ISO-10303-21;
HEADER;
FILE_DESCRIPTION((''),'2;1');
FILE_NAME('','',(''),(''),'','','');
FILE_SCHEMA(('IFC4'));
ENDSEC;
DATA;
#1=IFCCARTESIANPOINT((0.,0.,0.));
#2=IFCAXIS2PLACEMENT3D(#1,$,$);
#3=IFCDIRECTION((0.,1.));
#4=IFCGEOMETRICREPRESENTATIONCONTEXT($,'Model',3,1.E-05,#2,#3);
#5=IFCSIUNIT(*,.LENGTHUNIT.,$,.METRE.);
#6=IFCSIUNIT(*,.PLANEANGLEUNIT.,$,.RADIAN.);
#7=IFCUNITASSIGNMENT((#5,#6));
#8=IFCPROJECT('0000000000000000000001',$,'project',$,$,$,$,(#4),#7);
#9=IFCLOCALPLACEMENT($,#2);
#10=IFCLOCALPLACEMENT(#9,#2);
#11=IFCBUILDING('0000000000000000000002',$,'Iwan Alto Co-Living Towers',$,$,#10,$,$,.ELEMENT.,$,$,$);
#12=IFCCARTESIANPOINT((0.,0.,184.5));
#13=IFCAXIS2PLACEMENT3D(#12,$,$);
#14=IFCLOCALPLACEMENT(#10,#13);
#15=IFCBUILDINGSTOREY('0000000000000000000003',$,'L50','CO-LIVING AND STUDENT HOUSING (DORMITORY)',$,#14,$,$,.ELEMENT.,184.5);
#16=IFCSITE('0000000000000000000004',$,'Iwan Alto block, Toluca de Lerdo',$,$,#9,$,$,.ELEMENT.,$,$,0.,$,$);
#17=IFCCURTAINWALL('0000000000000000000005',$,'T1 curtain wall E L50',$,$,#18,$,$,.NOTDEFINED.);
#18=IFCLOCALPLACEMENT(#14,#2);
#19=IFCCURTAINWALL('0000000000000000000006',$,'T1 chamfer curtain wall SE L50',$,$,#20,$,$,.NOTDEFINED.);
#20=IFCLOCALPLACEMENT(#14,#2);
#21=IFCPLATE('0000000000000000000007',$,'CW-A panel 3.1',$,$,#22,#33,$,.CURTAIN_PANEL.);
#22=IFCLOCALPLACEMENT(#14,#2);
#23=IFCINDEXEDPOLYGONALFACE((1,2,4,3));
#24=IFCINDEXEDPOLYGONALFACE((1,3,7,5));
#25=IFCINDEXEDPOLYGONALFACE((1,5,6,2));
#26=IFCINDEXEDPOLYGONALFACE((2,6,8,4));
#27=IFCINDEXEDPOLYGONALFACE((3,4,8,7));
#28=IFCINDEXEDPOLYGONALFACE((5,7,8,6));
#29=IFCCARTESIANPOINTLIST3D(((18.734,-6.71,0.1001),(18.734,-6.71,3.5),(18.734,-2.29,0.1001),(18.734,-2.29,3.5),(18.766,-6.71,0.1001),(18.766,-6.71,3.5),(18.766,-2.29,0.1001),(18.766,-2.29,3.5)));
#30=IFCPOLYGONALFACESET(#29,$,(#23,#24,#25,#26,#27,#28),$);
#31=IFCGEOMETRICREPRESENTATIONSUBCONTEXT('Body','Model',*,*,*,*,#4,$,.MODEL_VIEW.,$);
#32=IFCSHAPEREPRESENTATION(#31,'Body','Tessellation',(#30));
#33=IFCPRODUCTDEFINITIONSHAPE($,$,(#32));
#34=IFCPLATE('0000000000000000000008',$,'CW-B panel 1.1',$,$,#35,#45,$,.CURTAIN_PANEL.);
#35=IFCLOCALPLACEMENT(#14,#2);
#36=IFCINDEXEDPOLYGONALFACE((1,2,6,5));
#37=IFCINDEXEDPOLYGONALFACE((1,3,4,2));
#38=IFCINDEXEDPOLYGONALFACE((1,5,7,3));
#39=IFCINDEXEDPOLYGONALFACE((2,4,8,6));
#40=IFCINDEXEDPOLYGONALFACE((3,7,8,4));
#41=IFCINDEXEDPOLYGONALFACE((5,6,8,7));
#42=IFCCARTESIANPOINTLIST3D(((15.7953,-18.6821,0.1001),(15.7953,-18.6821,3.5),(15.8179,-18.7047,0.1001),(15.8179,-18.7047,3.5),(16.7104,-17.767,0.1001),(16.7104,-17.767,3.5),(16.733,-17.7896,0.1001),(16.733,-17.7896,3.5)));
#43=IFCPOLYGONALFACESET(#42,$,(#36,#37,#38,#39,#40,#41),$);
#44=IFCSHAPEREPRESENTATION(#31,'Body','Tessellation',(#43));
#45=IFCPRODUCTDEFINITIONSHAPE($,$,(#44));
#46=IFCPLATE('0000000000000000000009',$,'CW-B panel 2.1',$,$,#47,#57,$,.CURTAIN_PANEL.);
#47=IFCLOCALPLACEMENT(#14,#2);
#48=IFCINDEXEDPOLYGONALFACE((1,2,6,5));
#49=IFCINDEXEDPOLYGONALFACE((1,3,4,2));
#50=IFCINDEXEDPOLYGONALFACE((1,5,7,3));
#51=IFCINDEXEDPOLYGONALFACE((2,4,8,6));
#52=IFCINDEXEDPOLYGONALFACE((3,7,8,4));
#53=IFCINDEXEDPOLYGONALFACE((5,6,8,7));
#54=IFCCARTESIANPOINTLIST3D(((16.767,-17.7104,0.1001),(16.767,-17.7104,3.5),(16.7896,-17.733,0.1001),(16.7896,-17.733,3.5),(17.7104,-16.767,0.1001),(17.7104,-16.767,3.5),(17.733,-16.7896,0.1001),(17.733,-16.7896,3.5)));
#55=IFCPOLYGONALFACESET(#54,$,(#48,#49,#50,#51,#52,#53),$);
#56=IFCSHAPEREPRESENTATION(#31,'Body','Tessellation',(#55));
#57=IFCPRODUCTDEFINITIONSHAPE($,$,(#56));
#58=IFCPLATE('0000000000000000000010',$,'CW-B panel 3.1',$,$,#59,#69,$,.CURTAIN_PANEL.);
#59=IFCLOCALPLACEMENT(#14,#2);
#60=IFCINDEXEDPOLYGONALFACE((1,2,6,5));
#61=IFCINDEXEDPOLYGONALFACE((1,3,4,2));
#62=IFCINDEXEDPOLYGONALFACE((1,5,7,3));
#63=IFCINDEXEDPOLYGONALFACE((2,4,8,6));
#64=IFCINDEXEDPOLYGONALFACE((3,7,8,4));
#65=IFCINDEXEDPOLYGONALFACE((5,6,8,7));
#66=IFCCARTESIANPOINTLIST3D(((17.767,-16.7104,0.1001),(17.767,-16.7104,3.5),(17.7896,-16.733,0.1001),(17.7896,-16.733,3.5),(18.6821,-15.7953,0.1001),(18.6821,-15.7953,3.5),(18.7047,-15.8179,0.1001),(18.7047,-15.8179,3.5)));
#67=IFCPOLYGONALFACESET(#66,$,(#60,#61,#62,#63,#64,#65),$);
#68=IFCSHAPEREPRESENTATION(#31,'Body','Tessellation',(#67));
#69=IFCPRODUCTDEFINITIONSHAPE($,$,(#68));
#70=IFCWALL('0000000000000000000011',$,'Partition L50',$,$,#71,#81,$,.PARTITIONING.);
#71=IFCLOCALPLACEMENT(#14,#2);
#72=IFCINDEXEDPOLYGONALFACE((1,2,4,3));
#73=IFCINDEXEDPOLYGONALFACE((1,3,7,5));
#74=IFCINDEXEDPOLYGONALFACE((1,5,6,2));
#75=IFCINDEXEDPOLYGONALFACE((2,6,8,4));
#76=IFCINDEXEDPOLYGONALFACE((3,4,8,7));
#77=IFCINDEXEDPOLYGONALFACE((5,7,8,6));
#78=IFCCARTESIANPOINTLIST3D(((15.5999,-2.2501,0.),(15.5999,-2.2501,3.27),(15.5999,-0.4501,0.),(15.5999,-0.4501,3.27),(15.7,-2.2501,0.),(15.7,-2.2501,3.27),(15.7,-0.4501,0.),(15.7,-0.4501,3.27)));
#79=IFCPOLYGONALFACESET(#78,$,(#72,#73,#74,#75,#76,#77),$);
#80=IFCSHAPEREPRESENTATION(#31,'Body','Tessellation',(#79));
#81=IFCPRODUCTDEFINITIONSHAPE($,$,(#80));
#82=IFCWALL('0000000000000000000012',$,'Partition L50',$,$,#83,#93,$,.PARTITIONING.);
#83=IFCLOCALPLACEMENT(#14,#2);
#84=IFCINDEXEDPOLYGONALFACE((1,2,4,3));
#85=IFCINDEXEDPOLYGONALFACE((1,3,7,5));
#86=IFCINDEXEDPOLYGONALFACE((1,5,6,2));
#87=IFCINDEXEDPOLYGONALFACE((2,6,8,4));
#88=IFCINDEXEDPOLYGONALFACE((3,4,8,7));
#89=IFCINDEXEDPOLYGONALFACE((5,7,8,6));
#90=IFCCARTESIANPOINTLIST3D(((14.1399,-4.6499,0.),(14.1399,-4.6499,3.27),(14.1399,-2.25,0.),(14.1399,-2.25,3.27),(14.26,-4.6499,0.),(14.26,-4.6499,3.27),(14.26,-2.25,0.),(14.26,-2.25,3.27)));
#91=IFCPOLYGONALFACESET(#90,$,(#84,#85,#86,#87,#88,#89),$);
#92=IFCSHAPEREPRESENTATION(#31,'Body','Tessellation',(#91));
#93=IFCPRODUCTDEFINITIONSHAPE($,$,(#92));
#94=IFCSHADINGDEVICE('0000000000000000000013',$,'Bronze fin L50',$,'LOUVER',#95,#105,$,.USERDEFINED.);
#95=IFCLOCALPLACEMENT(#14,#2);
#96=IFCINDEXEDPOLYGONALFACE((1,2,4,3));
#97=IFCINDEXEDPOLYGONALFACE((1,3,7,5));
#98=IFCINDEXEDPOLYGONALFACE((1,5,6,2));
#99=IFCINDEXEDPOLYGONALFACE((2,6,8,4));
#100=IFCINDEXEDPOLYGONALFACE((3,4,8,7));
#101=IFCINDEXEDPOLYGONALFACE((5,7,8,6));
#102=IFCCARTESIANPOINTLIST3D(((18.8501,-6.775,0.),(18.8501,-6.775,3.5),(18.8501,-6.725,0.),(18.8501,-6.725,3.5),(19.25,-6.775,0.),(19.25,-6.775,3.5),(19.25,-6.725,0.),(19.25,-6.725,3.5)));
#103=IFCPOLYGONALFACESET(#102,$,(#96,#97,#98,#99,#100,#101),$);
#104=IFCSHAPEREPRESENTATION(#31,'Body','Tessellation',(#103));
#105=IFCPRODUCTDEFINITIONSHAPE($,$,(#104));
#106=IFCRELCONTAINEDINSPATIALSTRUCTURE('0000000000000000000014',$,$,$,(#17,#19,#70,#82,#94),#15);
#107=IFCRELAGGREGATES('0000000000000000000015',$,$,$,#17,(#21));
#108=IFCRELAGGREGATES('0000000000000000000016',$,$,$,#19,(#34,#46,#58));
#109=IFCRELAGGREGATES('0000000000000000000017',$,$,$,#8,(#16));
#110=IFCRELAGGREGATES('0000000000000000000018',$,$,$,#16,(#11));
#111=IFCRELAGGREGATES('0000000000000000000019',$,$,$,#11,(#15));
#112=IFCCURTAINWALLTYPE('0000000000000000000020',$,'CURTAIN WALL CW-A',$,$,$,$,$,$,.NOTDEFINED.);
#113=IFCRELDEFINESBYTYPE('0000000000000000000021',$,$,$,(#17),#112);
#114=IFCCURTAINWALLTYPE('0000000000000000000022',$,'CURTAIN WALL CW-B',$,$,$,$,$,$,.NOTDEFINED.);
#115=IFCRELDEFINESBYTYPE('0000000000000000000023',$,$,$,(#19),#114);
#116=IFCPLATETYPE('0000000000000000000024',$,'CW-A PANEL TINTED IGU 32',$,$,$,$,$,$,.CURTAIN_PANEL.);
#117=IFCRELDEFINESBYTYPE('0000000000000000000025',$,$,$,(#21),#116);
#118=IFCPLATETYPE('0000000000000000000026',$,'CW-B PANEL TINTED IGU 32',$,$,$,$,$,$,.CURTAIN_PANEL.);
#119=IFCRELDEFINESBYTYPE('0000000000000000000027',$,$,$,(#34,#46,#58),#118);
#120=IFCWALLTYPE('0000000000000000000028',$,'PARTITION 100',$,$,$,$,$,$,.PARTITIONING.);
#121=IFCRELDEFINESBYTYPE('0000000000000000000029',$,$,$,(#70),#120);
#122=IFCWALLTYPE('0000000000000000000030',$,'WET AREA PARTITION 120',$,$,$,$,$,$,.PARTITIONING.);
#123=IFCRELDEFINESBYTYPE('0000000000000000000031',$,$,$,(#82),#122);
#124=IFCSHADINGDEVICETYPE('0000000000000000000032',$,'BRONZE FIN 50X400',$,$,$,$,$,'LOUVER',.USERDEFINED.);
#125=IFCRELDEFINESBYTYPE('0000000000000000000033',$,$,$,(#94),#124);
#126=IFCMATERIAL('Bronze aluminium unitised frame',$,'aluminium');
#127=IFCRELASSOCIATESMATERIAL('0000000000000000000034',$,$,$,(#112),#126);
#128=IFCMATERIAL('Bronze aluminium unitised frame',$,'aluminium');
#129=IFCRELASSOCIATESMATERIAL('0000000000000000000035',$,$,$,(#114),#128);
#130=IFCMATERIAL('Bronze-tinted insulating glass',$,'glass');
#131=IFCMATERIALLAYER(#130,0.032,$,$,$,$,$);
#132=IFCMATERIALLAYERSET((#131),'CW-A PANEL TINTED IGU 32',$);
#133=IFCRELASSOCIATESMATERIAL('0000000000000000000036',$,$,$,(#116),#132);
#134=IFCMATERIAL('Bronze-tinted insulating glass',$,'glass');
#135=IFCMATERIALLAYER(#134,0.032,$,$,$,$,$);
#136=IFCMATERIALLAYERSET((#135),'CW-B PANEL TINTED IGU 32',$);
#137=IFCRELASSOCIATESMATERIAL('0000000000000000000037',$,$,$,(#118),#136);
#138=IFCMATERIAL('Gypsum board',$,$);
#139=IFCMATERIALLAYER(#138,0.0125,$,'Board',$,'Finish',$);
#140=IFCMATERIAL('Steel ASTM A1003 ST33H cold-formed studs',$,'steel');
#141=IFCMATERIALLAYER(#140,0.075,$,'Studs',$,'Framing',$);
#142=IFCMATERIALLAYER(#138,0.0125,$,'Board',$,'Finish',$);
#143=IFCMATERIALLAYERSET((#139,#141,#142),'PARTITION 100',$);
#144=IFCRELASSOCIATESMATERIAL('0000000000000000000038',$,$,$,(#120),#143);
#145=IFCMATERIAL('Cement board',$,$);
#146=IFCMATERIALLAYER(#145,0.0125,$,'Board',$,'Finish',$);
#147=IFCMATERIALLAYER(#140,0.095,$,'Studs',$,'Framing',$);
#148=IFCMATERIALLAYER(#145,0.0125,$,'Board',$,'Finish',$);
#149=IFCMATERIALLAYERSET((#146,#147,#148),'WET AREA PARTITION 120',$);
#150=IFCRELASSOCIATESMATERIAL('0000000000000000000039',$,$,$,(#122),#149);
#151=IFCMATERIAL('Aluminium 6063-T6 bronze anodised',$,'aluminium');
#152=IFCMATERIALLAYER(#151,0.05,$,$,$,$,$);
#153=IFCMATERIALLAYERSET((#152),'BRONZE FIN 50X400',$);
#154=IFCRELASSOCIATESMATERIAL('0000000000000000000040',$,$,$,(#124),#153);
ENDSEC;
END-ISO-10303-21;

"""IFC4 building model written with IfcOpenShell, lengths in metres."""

from ifc_helpers import new_model, si_unit, direction, frame, frame_2d, origin, origin_2d, place, context, subcontext, project, spatial, rectangle, extrude, material, layer, layer_set, type_object, element, aggregate, save


model = new_model("IFC4")

# Units and contexts
model_context = context("Model", 3, precision=1e-05, world=origin(), true_north=direction((0.0, 1.0)))
body_context = subcontext(model_context, "Body", "Model", "MODEL_VIEW")
ifc_project = project(units=[si_unit("LENGTHUNIT", "METRE"), si_unit("PLANEANGLEUNIT", "RADIAN")], contexts=[model_context])

# Site, building, storey
site_placement = place(None, origin())
site = spatial("IfcSite", under=ifc_project, at=site_placement, Name="Iwan Alto block, Toluca de Lerdo", CompositionType="ELEMENT", RefElevation=0.0)
building_placement = place(site_placement, origin())
building = spatial("IfcBuilding", under=site, at=building_placement, Name="Iwan Alto Co-Living Towers", CompositionType="ELEMENT")
storey_placement = place(building_placement, frame((0.0, 0.0, 184.5)))
storey = spatial("IfcBuildingStorey", under=building, at=storey_placement, Name="L50", Description="CO-LIVING AND STUDENT HOUSING (DORMITORY)", CompositionType="ELEMENT", Elevation=184.5)

# Shared definitions
ifc_material_1 = material(Name="Bronze aluminium unitised frame", Category="aluminium")
curtain_wall_type_1 = type_object("IfcCurtainWallType", Name="CURTAIN WALL CW-A", PredefinedType="NOTDEFINED", material=ifc_material_1)

# Curtain walls
curtain_wall_1_placement = place(storey_placement, origin())
curtain_wall_1 = element("IfcCurtainWall", 1, at=curtain_wall_1_placement, inside=storey, type_object=curtain_wall_type_1, Name="T1 curtain wall E L50", PredefinedType="NOTDEFINED")
ifc_material_2 = material(Name="Bronze aluminium unitised frame", Category="aluminium")
curtain_wall_type_2 = type_object("IfcCurtainWallType", Name="CURTAIN WALL CW-B", PredefinedType="NOTDEFINED", material=ifc_material_2)
curtain_wall_2_placement = place(storey_placement, origin())
curtain_wall_2 = element("IfcCurtainWall", 2, at=curtain_wall_2_placement, inside=storey, type_object=curtain_wall_type_2, Name="T1 chamfer curtain wall SE L50", PredefinedType="NOTDEFINED")

# Plates
ifc_material_3 = material(Name="Bronze-tinted insulating glass", Category="glass")
ifc_layer_1 = layer(ifc_material_3, 0.032)
ifc_layer_set_1 = layer_set([ifc_layer_1], Name="CW-A PANEL TINTED IGU 32")
plate_type_1 = type_object("IfcPlateType", Name="CW-A PANEL TINTED IGU 32", PredefinedType="CURTAIN_PANEL", material=ifc_layer_set_1)
plate_1_placement = place(storey_placement, frame((18.75, -4.5, 0.1001), z_axis=(0.0, 0.0, 1.0), x_axis=(0.0, 1.0, 0.0)))
plate_1 = element("IfcPlate", 3, at=plate_1_placement, type_object=plate_type_1, Name="CW-A panel 3.1", PredefinedType="CURTAIN_PANEL", context=body_context, shape_type="SweptSolid", body=[
    extrude(rectangle(XDim=4.4199, YDim=0.032, at=origin_2d()), origin(), (0.0, 0.0, 1.0), 3.3999),
])
aggregate(curtain_wall_1, [plate_1])
ifc_material_4 = material(Name="Bronze-tinted insulating glass", Category="glass")
ifc_layer_2 = layer(ifc_material_4, 0.032)
ifc_layer_set_2 = layer_set([ifc_layer_2], Name="CW-B PANEL TINTED IGU 32")
plate_type_2 = type_object("IfcPlateType", Name="CW-B PANEL TINTED IGU 32", PredefinedType="CURTAIN_PANEL", material=ifc_layer_set_2)
plate_2_placement = place(storey_placement, frame((16.2642, -18.2358, 0.1001), z_axis=(0.0, 0.0, 1.0), x_axis=(0.707107, 0.707107, 0.0)))
plate_2 = element("IfcPlate", 4, at=plate_2_placement, type_object=plate_type_2, Name="CW-B panel 1.1", PredefinedType="CURTAIN_PANEL", context=body_context, shape_type="SweptSolid", body=[
    extrude(rectangle(XDim=1.2942, YDim=0.032, at=origin_2d()), origin(), (0.0, 0.0, 1.0), 3.3999),
])
plate_3_placement = place(storey_placement, frame((17.25, -17.25, 0.1001), z_axis=(0.0, 0.0, 1.0), x_axis=(0.707107, 0.707107, 0.0)))
plate_3 = element("IfcPlate", 5, at=plate_3_placement, type_object=plate_type_2, Name="CW-B panel 2.1", PredefinedType="CURTAIN_PANEL", context=body_context, shape_type="SweptSolid", body=[
    extrude(rectangle(XDim=1.3342, YDim=0.032, at=origin_2d()), origin(), (0.0, 0.0, 1.0), 3.3999),
])
plate_4_placement = place(storey_placement, frame((18.2358, -16.2642, 0.1001), z_axis=(0.0, 0.0, 1.0), x_axis=(0.707107, 0.707107, 0.0)))
plate_4 = element("IfcPlate", 6, at=plate_4_placement, type_object=plate_type_2, Name="CW-B panel 3.1", PredefinedType="CURTAIN_PANEL", context=body_context, shape_type="SweptSolid", body=[
    extrude(rectangle(XDim=1.2942, YDim=0.032, at=origin_2d()), origin(), (0.0, 0.0, 1.0), 3.3999),
])
aggregate(curtain_wall_2, [plate_2, plate_3, plate_4])

# Walls
ifc_material_5 = material(Name="Gypsum board")
ifc_layer_3 = layer(ifc_material_5, 0.0125, Name="Board", Category="Finish")
ifc_material_6 = material(Name="Steel ASTM A1003 ST33H cold-formed studs", Category="steel")
ifc_layer_4 = layer(ifc_material_6, 0.075, Name="Studs", Category="Framing")
ifc_layer_5 = layer(ifc_material_5, 0.0125, Name="Board", Category="Finish")
ifc_layer_set_3 = layer_set([ifc_layer_3, ifc_layer_4, ifc_layer_5], Name="PARTITION 100")
wall_type_1 = type_object("IfcWallType", Name="PARTITION 100", PredefinedType="PARTITIONING", material=ifc_layer_set_3)
wall_1_placement = place(storey_placement, frame((15.6499, -2.25, 0.0), z_axis=(0.0, 0.0, 1.0), x_axis=(0.0, 1.0, 0.0)))
element("IfcWall", 7, at=wall_1_placement, inside=storey, type_object=wall_type_1, Name="Partition L50", PredefinedType="PARTITIONING", context=body_context, shape_type="SweptSolid", body=[
    extrude(rectangle(XDim=1.8, YDim=0.1001, at=frame_2d((0.8999, 0.0))), origin(), (0.0, 0.0, 1.0), 3.27),
])
ifc_material_7 = material(Name="Cement board")
ifc_layer_6 = layer(ifc_material_7, 0.0125, Name="Board", Category="Finish")
ifc_layer_7 = layer(ifc_material_6, 0.095, Name="Studs", Category="Framing")
ifc_layer_8 = layer(ifc_material_7, 0.0125, Name="Board", Category="Finish")
ifc_layer_set_4 = layer_set([ifc_layer_6, ifc_layer_7, ifc_layer_8], Name="WET AREA PARTITION 120")
wall_type_2 = type_object("IfcWallType", Name="WET AREA PARTITION 120", PredefinedType="PARTITIONING", material=ifc_layer_set_4)
wall_2_placement = place(storey_placement, frame((14.2, -4.6499, 0.0), z_axis=(0.0, 0.0, 1.0), x_axis=(0.0, 1.0, 0.0)))
element("IfcWall", 8, at=wall_2_placement, inside=storey, type_object=wall_type_2, Name="Partition L50", PredefinedType="PARTITIONING", context=body_context, shape_type="SweptSolid", body=[
    extrude(rectangle(XDim=2.3999, YDim=0.1201, at=frame_2d((1.2, 0.0))), origin(), (0.0, 0.0, 1.0), 3.27),
])

# Shading device
ifc_material_8 = material(Name="Aluminium 6063-T6 bronze anodised", Category="aluminium")
ifc_layer_9 = layer(ifc_material_8, 0.05)
ifc_layer_set_5 = layer_set([ifc_layer_9], Name="BRONZE FIN 50X400")
shading_device_type = type_object("IfcShadingDeviceType", Name="BRONZE FIN 50X400", ElementType="LOUVER", PredefinedType="USERDEFINED", material=ifc_layer_set_5)
shading_device_placement = place(storey_placement, frame((19.05, -6.75, 0.0), z_axis=(0.0, 0.0, 1.0), x_axis=(0.0, 1.0, 0.0)))
element("IfcShadingDevice", 9, at=shading_device_placement, inside=storey, type_object=shading_device_type, Name="Bronze fin L50", ObjectType="LOUVER", PredefinedType="USERDEFINED", context=body_context, shape_type="SweptSolid", body=[
    extrude(rectangle(XDim=0.05, YDim=0.3999, at=origin_2d()), origin(), (0.0, 0.0, 1.0), 3.5),
])

save(model, "model.ifc")
